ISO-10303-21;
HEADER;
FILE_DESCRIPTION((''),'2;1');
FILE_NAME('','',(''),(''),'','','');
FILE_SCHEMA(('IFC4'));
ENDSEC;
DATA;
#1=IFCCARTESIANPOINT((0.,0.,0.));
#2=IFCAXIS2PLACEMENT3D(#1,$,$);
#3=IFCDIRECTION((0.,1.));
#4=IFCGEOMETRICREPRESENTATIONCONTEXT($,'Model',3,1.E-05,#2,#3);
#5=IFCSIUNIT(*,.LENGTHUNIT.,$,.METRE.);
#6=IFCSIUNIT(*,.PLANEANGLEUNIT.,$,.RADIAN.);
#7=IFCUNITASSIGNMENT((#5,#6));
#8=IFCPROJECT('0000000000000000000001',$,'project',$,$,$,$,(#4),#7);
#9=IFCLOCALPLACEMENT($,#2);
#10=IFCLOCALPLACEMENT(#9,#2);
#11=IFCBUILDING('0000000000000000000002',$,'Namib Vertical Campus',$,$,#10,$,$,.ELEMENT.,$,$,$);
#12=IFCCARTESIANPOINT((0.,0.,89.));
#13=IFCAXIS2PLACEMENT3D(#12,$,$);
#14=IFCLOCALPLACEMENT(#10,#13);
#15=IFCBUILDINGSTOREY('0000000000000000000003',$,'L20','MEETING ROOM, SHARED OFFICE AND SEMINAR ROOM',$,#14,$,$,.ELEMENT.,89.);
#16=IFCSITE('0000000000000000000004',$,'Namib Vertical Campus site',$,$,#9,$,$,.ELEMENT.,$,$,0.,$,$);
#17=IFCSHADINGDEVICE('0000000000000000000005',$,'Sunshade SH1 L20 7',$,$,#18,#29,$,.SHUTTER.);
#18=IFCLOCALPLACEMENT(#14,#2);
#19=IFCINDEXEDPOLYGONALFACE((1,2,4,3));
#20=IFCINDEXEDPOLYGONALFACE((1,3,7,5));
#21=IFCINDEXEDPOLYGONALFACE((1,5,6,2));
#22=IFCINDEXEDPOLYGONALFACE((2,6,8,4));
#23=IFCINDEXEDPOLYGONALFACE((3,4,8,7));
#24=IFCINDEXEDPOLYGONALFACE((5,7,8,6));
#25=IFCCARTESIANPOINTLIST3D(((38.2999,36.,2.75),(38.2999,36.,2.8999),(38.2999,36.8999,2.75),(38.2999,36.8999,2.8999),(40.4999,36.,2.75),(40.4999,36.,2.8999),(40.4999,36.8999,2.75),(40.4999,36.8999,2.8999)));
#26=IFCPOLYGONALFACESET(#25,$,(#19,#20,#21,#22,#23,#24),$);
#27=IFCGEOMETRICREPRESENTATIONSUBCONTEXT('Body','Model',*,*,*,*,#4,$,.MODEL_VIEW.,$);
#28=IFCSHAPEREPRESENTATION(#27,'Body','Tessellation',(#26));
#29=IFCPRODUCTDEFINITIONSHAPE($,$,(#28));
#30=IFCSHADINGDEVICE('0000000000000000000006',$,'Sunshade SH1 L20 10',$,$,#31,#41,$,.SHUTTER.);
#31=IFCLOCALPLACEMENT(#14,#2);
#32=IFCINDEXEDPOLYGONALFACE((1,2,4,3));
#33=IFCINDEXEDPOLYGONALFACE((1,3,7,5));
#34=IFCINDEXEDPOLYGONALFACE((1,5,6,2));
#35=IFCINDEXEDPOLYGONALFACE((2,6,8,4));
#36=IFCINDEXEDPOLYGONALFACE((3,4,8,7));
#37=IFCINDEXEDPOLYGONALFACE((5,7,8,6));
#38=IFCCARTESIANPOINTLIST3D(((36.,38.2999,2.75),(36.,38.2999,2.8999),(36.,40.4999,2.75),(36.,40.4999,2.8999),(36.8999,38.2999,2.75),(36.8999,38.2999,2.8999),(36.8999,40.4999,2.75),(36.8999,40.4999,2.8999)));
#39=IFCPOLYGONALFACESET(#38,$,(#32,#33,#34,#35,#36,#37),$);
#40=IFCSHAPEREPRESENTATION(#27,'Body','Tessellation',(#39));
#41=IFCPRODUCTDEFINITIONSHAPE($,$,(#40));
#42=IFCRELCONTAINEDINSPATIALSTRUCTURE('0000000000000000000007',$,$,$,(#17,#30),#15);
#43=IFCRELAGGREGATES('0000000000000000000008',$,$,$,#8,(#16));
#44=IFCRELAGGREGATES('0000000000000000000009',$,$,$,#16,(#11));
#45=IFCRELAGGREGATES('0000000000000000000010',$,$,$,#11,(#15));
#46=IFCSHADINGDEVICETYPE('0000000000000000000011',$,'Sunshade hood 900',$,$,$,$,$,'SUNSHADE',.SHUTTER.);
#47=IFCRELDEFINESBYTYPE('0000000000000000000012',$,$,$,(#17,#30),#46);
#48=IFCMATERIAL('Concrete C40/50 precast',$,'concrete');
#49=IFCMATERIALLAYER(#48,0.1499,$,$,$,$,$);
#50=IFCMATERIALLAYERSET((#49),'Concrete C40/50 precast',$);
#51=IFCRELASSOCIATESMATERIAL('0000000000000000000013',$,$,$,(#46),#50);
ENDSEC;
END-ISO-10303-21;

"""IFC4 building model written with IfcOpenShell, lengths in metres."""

from ifc_helpers import new_model, si_unit, direction, frame, origin, origin_2d, place, context, subcontext, project, spatial, rectangle, extrude, material, layer, layer_set, type_object, element, save


model = new_model("IFC4")

# Units and contexts
model_context = context("Model", 3, precision=1e-05, world=origin(), true_north=direction((0.0, 1.0)))
body_context = subcontext(model_context, "Body", "Model", "MODEL_VIEW")
ifc_project = project(units=[si_unit("LENGTHUNIT", "METRE"), si_unit("PLANEANGLEUNIT", "RADIAN")], contexts=[model_context])

# Site, building, storey
site_placement = place(None, origin())
site = spatial("IfcSite", under=ifc_project, at=site_placement, Name="Namib Vertical Campus site", CompositionType="ELEMENT", RefElevation=0.0)
building_placement = place(site_placement, origin())
building = spatial("IfcBuilding", under=site, at=building_placement, Name="Namib Vertical Campus", CompositionType="ELEMENT")
storey_placement = place(building_placement, frame((0.0, 0.0, 89.0)))
storey = spatial("IfcBuildingStorey", under=building, at=storey_placement, Name="L20", Description="MEETING ROOM, SHARED OFFICE AND SEMINAR ROOM", CompositionType="ELEMENT", Elevation=89.0)

# Shading devices
ifc_material_1 = material(Name="Concrete C40/50 precast", Category="concrete")
ifc_layer_1 = layer(ifc_material_1, 0.1499)
ifc_layer_set_1 = layer_set([ifc_layer_1], Name="Concrete C40/50 precast")
shading_device_type = type_object("IfcShadingDeviceType", Name="Sunshade hood 900", ElementType="SUNSHADE", PredefinedType="SHUTTER", material=ifc_layer_set_1)
for number, where, z_axis, x_axis, name in (
    (1, (39.3999, 36.45, 2.75), (0.0, 0.0, 1.0), (-1.0, 0.0, 0.0), "Sunshade SH1 L20 7"),
    (2, (36.45, 39.3999, 2.75), (0.0, 0.0, 1.0), (0.0, 1.0, 0.0), "Sunshade SH1 L20 10"),
):
    element("IfcShadingDevice", number, at=place(storey_placement, frame(where, z_axis=z_axis, x_axis=x_axis)), inside=storey, type_object=shading_device_type, Name=name, PredefinedType="SHUTTER", context=body_context, shape_type="SweptSolid", body=[
        extrude(rectangle(XDim=2.2, YDim=0.8999, at=origin_2d()), origin(), (0.0, 0.0, 1.0), 0.1499),
    ])

save(model, "model.ifc")
